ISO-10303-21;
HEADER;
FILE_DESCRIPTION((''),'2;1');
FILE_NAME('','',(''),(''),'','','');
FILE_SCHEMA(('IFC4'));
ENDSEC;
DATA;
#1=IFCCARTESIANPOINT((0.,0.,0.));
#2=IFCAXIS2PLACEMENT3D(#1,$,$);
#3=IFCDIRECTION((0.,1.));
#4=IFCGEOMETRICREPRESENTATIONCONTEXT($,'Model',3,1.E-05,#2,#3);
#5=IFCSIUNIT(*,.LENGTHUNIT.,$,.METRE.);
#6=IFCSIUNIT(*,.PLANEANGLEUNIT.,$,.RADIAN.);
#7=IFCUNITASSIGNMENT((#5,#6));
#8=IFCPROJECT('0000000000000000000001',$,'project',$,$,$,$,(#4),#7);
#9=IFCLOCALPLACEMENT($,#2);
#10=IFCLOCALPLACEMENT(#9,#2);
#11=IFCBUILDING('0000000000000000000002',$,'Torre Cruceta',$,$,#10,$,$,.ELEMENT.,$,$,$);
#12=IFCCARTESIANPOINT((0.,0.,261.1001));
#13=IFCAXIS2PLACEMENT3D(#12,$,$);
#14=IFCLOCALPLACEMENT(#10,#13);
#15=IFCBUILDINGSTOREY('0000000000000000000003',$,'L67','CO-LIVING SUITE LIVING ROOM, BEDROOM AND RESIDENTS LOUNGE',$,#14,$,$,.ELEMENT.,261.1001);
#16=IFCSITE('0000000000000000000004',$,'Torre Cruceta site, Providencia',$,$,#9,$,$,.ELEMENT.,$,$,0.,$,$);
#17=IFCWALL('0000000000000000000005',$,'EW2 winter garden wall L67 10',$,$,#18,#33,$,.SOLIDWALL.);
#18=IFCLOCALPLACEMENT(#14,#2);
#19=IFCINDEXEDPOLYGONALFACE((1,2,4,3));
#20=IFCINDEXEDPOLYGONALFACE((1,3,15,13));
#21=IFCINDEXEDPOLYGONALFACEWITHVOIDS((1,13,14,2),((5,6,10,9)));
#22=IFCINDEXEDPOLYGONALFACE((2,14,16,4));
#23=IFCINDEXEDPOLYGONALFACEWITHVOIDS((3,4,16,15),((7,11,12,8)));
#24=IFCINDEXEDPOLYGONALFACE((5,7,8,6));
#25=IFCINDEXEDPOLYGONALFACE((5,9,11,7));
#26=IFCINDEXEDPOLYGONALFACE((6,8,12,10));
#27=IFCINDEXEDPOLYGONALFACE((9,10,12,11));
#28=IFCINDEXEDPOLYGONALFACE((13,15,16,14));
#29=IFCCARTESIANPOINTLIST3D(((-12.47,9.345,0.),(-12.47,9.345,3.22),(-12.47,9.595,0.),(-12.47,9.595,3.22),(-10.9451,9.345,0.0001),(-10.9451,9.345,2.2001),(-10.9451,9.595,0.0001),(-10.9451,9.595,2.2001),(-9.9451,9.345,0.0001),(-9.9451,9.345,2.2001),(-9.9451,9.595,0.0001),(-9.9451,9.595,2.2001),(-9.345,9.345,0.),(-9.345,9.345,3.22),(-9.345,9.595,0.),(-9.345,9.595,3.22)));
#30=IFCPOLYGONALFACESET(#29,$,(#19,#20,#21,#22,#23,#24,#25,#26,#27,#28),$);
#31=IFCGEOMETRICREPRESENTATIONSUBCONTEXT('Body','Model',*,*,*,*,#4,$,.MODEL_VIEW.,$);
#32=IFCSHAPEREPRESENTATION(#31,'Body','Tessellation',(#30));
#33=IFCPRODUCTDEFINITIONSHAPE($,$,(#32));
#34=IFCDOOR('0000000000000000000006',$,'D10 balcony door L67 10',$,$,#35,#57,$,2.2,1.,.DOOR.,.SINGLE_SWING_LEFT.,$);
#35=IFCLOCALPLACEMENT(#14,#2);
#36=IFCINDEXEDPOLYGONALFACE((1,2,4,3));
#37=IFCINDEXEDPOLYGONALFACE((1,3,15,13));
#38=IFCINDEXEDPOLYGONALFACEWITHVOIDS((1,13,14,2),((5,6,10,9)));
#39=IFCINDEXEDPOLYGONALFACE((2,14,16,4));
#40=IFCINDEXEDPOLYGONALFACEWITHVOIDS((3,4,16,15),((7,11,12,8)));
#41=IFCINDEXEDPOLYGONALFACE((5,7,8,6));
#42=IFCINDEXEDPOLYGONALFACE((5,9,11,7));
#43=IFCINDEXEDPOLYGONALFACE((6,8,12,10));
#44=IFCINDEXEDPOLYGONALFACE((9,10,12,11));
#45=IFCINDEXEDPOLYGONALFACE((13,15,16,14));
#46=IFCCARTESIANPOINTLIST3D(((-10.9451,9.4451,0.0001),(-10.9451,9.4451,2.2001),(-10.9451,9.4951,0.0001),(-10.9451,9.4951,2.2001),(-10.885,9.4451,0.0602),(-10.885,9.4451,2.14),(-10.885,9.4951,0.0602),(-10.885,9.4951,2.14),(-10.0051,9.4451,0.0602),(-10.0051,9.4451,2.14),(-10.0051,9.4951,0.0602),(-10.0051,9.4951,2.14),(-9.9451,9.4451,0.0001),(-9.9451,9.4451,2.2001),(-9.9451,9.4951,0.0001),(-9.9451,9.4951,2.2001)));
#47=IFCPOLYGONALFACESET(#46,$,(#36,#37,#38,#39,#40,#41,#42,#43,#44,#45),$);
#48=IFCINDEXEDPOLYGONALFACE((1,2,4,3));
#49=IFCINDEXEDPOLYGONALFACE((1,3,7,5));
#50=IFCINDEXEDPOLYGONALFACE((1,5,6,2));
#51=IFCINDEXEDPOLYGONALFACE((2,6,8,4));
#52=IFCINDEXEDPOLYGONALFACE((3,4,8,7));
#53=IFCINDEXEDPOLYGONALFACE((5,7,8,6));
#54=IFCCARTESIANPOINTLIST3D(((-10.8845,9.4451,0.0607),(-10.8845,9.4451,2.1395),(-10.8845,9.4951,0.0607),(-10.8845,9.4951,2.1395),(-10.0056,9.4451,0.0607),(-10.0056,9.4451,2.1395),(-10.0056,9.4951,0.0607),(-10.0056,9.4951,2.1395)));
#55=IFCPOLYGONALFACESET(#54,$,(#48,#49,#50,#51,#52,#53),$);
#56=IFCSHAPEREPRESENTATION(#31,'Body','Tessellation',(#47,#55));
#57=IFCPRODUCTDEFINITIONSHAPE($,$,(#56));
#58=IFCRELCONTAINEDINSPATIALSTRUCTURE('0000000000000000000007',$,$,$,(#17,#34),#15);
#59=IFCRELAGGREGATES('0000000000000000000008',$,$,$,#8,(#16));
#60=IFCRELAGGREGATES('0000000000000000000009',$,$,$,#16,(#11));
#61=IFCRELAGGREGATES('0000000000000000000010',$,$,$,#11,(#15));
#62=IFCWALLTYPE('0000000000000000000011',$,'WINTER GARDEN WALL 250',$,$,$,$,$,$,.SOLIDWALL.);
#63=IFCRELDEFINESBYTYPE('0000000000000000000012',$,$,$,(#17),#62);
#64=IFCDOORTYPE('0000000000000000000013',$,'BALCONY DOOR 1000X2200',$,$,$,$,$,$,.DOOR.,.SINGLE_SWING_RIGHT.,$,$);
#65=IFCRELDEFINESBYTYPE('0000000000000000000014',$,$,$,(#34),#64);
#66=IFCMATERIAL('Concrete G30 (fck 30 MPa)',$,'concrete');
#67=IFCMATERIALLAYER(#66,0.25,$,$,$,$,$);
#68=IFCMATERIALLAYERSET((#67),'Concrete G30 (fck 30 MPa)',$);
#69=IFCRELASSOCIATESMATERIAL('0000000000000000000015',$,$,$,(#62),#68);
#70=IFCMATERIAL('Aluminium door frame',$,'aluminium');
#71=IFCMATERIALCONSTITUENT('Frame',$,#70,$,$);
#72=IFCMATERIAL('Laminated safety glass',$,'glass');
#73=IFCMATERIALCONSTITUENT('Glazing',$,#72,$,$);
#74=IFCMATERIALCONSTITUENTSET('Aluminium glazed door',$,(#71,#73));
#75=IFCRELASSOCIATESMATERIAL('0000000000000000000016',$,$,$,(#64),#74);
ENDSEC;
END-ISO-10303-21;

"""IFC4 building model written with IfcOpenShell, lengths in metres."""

from ifc_helpers import new_model, si_unit, direction, frame, frame_2d, origin, place, context, subcontext, project, spatial, rectangle, hollow_rectangle, extrude, material, layer, layer_set, constituent, constituent_set, type_object, element, fill, save


model = new_model("IFC4")

# Units and contexts
model_context = context("Model", 3, precision=1e-05, world=origin(), true_north=direction((0.0, 1.0)))
body_context = subcontext(model_context, "Body", "Model", "MODEL_VIEW")
ifc_project = project(units=[si_unit("LENGTHUNIT", "METRE"), si_unit("PLANEANGLEUNIT", "RADIAN")], contexts=[model_context])

# Site, building, storey
site_placement = place(None, origin())
site = spatial("IfcSite", under=ifc_project, at=site_placement, Name="Torre Cruceta site, Providencia", CompositionType="ELEMENT", RefElevation=0.0)
building_placement = place(site_placement, origin())
building = spatial("IfcBuilding", under=site, at=building_placement, Name="Torre Cruceta", CompositionType="ELEMENT")
storey_placement = place(building_placement, frame((0.0, 0.0, 261.1001)))
storey = spatial("IfcBuildingStorey", under=building, at=storey_placement, Name="L67", Description="CO-LIVING SUITE LIVING ROOM, BEDROOM AND RESIDENTS LOUNGE", CompositionType="ELEMENT", Elevation=261.1001)

# Wall, opening, door
ifc_material_1 = material(Name="Concrete G30 (fck 30 MPa)", Category="concrete")
ifc_layer_1 = layer(ifc_material_1, 0.25)
ifc_layer_set_1 = layer_set([ifc_layer_1], Name="Concrete G30 (fck 30 MPa)")
wall_type_1 = type_object("IfcWallType", Name="WINTER GARDEN WALL 250", PredefinedType="SOLIDWALL", material=ifc_layer_set_1)
ifc_material_2 = material(Name="Aluminium door frame", Category="aluminium")
ifc_constituent_1 = constituent(ifc_material_2, Name="Frame")
ifc_material_3 = material(Name="Laminated safety glass", Category="glass")
ifc_constituent_2 = constituent(ifc_material_3, Name="Glazing")
ifc_constituent_set_1 = constituent_set(constituents=[ifc_constituent_1, ifc_constituent_2], Name="Aluminium glazed door")
door_type_1 = type_object("IfcDoorType", Name="BALCONY DOOR 1000X2200", OperationType="SINGLE_SWING_RIGHT", PredefinedType="DOOR", material=ifc_constituent_set_1)
wall_1_placement = place(storey_placement, frame((-9.345, 9.47, 0.0), z_axis=(0.0, 0.0, 1.0), x_axis=(-1.0, 0.0, 0.0)))
wall_1 = element("IfcWall", 1, at=wall_1_placement, inside=storey, type_object=wall_type_1, Name="EW2 winter garden wall L67 10", PredefinedType="SOLIDWALL", context=body_context, shape_type="SweptSolid", body=[
    extrude(rectangle(XDim=3.125, YDim=0.25, at=frame_2d((1.5625, 0.0))), origin(), (0.0, 0.0, 1.0), 3.22),
])
opening_1_placement = place(wall_1_placement, frame((0.6001, 0.0, 0.0)))
opening_1 = element("IfcOpeningElement", 2, at=opening_1_placement, cuts=wall_1, PredefinedType="OPENING", context=body_context, shape_type="SweptSolid", body=[
    extrude(rectangle(XDim=1.0, YDim=2.2, at=frame_2d((0.5, 1.1001))), frame((0.0, 0.135, 0.0), z_axis=(0.0, -1.0, 0.0), x_axis=(1.0, 0.0, 0.0)), (0.0, 0.0, 1.0), 0.27),
])
door_1_placement = place(opening_1_placement, origin())
door_1 = element("IfcDoor", 3, at=door_1_placement, inside=storey, type_object=door_type_1, Name="D10 balcony door L67 10", OperationType="SINGLE_SWING_LEFT", OverallHeight=2.2, OverallWidth=1.0, PredefinedType="DOOR", context=body_context, shape_type="SweptSolid", body=[
    extrude(hollow_rectangle(XDim=1.0, YDim=2.2, WallThickness=0.0601, at=frame_2d((0.5, 1.1001))), frame((0.0, 0.0249, 0.0), z_axis=(0.0, -1.0, 0.0), x_axis=(1.0, 0.0, 0.0)), (0.0, 0.0, 1.0), 0.05),
    extrude(rectangle(XDim=0.8789, YDim=2.0789, at=frame_2d((0.5, 1.1001))), frame((0.0, 0.0249, 0.0), z_axis=(0.0, -1.0, 0.0), x_axis=(1.0, 0.0, 0.0)), (0.0, 0.0, 1.0), 0.05),
])
fill(opening_1, door_1)

save(model, "model.ifc")
